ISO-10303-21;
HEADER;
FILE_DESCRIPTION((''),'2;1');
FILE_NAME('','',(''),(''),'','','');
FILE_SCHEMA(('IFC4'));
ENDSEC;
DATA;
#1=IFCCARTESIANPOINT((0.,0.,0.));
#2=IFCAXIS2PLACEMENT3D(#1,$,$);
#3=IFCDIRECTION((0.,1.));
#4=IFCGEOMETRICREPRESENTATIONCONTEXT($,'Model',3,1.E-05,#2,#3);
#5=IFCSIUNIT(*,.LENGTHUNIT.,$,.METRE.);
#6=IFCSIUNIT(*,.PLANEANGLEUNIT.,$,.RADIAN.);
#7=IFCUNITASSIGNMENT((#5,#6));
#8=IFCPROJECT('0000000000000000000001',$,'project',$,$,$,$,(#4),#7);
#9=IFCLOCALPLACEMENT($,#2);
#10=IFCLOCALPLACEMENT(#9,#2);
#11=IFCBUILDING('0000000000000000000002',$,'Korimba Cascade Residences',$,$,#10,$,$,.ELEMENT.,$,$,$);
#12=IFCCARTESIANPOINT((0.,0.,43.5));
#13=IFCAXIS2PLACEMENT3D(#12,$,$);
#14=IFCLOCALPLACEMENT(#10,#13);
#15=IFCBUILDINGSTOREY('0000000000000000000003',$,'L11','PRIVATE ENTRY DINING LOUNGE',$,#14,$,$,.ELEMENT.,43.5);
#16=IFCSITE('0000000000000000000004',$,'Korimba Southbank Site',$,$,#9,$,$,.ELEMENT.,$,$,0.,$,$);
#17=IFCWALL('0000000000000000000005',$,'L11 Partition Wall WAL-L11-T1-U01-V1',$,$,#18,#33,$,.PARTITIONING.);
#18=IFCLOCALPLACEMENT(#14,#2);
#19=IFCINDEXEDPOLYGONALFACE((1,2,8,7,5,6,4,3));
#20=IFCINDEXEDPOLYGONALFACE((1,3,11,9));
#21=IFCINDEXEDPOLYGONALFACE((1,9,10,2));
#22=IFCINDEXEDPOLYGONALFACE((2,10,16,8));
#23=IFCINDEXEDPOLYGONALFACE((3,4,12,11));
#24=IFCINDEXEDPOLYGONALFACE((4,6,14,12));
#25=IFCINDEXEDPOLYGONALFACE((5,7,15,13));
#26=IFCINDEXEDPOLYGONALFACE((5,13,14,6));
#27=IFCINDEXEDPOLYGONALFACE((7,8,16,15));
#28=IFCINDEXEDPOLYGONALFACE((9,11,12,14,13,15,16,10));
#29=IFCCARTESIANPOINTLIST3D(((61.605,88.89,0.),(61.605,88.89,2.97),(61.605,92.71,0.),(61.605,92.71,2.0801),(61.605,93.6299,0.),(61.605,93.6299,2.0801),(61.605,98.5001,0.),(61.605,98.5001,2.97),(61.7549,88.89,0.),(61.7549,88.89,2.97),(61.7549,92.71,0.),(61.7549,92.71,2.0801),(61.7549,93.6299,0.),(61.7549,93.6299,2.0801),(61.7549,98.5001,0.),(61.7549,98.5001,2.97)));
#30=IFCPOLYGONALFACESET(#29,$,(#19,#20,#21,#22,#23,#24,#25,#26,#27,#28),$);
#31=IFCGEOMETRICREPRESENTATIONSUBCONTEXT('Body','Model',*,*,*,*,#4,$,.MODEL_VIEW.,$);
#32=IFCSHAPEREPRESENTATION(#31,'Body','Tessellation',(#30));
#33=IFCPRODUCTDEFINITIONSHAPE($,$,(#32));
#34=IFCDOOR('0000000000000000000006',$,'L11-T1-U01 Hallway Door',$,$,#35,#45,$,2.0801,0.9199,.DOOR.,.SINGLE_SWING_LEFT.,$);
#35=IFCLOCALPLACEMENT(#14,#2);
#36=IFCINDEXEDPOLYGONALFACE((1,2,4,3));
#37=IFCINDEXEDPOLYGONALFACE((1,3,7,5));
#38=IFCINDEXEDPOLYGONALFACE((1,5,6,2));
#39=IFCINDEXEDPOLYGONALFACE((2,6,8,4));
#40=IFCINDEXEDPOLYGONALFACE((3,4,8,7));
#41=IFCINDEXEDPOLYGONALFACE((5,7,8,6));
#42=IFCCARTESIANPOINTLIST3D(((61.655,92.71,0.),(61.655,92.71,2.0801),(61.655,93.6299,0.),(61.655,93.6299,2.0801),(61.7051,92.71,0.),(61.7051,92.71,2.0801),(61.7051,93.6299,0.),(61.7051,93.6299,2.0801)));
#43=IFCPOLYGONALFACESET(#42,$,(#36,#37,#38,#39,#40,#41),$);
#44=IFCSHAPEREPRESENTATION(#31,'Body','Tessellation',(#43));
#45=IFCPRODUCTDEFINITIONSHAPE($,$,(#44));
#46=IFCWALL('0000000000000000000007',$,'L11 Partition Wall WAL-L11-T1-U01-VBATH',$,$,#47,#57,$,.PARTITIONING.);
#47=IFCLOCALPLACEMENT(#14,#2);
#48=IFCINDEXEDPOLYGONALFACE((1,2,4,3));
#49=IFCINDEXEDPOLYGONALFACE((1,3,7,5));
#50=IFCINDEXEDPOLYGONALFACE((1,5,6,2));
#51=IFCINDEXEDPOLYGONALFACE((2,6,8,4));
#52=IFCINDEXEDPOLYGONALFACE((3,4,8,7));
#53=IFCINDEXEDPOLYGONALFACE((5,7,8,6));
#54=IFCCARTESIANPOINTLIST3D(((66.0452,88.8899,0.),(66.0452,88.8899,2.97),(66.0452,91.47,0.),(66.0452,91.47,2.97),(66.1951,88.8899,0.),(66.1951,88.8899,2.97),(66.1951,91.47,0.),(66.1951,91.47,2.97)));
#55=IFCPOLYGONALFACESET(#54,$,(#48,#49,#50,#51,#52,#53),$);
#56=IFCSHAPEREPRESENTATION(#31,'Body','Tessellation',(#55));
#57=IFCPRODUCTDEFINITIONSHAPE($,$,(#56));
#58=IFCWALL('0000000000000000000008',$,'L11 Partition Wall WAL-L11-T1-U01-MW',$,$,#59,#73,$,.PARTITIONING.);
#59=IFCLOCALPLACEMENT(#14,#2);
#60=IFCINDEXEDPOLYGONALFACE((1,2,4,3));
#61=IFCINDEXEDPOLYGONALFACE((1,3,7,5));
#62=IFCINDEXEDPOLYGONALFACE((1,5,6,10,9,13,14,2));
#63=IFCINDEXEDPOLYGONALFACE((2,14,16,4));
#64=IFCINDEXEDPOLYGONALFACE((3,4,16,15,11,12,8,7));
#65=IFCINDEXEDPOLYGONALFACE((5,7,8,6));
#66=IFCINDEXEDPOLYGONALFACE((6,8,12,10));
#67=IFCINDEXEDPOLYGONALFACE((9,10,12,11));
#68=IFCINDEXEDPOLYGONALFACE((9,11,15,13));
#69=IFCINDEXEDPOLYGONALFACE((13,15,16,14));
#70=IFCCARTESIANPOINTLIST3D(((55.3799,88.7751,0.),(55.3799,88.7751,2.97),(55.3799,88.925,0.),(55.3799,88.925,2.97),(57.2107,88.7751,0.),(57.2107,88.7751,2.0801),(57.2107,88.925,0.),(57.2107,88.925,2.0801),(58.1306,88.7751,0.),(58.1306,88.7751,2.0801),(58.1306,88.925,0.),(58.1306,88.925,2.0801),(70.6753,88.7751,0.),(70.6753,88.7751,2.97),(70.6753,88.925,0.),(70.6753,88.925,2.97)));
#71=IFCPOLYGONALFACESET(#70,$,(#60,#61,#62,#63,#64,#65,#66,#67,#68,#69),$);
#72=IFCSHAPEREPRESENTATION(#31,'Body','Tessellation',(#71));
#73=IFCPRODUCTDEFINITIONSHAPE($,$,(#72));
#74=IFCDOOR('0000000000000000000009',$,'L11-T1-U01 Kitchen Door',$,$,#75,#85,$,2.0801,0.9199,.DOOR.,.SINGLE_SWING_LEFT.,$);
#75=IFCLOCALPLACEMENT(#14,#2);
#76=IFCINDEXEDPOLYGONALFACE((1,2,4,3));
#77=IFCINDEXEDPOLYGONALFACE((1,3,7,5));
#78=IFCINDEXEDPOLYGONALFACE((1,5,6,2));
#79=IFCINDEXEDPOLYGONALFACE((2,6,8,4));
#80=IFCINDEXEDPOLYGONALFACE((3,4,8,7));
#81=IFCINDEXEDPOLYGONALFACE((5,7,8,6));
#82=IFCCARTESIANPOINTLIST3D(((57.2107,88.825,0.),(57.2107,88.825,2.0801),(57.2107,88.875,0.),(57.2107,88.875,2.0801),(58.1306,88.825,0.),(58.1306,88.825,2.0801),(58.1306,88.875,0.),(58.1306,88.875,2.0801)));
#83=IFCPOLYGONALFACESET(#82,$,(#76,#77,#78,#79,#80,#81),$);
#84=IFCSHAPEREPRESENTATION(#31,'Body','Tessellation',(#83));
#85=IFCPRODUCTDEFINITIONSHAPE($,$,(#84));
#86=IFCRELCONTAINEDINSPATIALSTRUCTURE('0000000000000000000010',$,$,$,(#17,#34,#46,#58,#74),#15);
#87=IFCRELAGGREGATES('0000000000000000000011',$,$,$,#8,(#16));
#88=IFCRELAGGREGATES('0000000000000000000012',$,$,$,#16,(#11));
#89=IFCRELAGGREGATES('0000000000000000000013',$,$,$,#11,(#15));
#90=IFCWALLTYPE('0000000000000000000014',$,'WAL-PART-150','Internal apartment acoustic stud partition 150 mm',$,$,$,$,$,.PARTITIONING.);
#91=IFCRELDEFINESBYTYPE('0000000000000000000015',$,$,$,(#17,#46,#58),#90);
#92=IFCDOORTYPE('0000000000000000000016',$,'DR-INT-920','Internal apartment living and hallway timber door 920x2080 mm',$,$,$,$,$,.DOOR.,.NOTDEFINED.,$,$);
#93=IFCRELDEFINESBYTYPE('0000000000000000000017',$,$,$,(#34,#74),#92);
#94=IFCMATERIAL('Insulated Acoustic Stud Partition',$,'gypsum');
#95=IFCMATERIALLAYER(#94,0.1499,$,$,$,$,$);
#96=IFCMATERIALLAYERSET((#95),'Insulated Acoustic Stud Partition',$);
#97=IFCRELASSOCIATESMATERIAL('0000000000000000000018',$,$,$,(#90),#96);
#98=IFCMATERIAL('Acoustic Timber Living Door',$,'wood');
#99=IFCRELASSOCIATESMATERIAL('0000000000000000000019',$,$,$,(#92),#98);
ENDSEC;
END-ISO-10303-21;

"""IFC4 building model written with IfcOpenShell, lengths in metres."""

from ifc_helpers import new_model, si_unit, direction, frame, frame_2d, origin, place, context, subcontext, project, spatial, rectangle, extrude, material, layer, layer_set, type_object, element, fill, save


model = new_model("IFC4")

# Units and contexts
model_context = context("Model", 3, precision=1e-05, world=origin(), true_north=direction((0.0, 1.0)))
body_context = subcontext(model_context, "Body", "Model", "MODEL_VIEW")
ifc_project = project(units=[si_unit("LENGTHUNIT", "METRE"), si_unit("PLANEANGLEUNIT", "RADIAN")], contexts=[model_context])

# Site, building, storey
site_placement = place(None, origin())
site = spatial("IfcSite", under=ifc_project, at=site_placement, Name="Korimba Southbank Site", CompositionType="ELEMENT", RefElevation=0.0)
building_placement = place(site_placement, origin())
building = spatial("IfcBuilding", under=site, at=building_placement, Name="Korimba Cascade Residences", CompositionType="ELEMENT")
storey_placement = place(building_placement, frame((0.0, 0.0, 43.5)))
storey = spatial("IfcBuildingStorey", under=building, at=storey_placement, Name="L11", Description="PRIVATE ENTRY DINING LOUNGE", CompositionType="ELEMENT", Elevation=43.5)

# Wall, opening, door
ifc_material_1 = material(Name="Insulated Acoustic Stud Partition", Category="gypsum")
ifc_layer_1 = layer(ifc_material_1, 0.1499)
ifc_layer_set_1 = layer_set([ifc_layer_1], Name="Insulated Acoustic Stud Partition")
wall_type_1 = type_object("IfcWallType", Name="WAL-PART-150", Description="Internal apartment acoustic stud partition 150 mm", PredefinedType="PARTITIONING", material=ifc_layer_set_1)
wall_1_placement = place(storey_placement, frame((61.6799, 88.8899, 0.0), z_axis=(0.0, 0.0, 1.0), x_axis=(0.0, 1.0, 0.0)))
wall_1 = element("IfcWall", 1, at=wall_1_placement, inside=storey, type_object=wall_type_1, Name="L11 Partition Wall WAL-L11-T1-U01-V1", PredefinedType="PARTITIONING", context=body_context, shape_type="SweptSolid", body=[
    extrude(rectangle(XDim=9.6101, YDim=0.1499, at=frame_2d((4.8052, 0.0))), origin(), (0.0, 0.0, 1.0), 2.97),
])
opening_1_placement = place(wall_1_placement, frame((3.8201, 0.0, 0.0)))
opening_1 = element("IfcOpeningElement", 2, at=opening_1_placement, cuts=wall_1, PredefinedType="OPENING", context=body_context, shape_type="SweptSolid", body=[
    extrude(rectangle(XDim=0.9199, YDim=2.0801, at=frame_2d((0.46, 1.04))), frame((0.0, 0.085, 0.0), z_axis=(0.0, -1.0, 0.0), x_axis=(1.0, 0.0, 0.0)), (0.0, 0.0, 1.0), 0.1699),
])
ifc_material_2 = material(Name="Acoustic Timber Living Door", Category="wood")
door_type_1 = type_object("IfcDoorType", Name="DR-INT-920", Description="Internal apartment living and hallway timber door 920x2080 mm", OperationType="NOTDEFINED", PredefinedType="DOOR", material=ifc_material_2)
door_1_placement = place(opening_1_placement, origin())
door_1 = element("IfcDoor", 3, at=door_1_placement, inside=storey, type_object=door_type_1, Name="L11-T1-U01 Hallway Door", OperationType="SINGLE_SWING_LEFT", OverallHeight=2.0801, OverallWidth=0.9199, PredefinedType="DOOR", context=body_context, shape_type="SweptSolid", body=[
    extrude(rectangle(XDim=0.9199, YDim=2.0801, at=frame_2d((0.46, 1.04))), frame((0.0, 0.0249, 0.0), z_axis=(0.0, -1.0, 0.0), x_axis=(1.0, 0.0, 0.0)), (0.0, 0.0, 1.0), 0.05),
])
fill(opening_1, door_1)

# Wall
wall_2_placement = place(storey_placement, frame((66.1201, 88.8899, 0.0), z_axis=(0.0, 0.0, 1.0), x_axis=(0.0, 1.0, 0.0)))
element("IfcWall", 4, at=wall_2_placement, inside=storey, type_object=wall_type_1, Name="L11 Partition Wall WAL-L11-T1-U01-VBATH", PredefinedType="PARTITIONING", context=body_context, shape_type="SweptSolid", body=[
    extrude(rectangle(XDim=2.5801, YDim=0.1499, at=frame_2d((1.29, 0.0))), origin(), (0.0, 0.0, 1.0), 2.97),
])

# Wall, opening, door
wall_3_placement = place(storey_placement, frame((55.3799, 88.8501, 0.0), z_axis=(0.0, 0.0, 1.0), x_axis=(1.0, 0.0, 0.0)))
wall_3 = element("IfcWall", 5, at=wall_3_placement, inside=storey, type_object=wall_type_1, Name="L11 Partition Wall WAL-L11-T1-U01-MW", PredefinedType="PARTITIONING", context=body_context, shape_type="SweptSolid", body=[
    extrude(rectangle(XDim=15.2954, YDim=0.1499, at=frame_2d((7.6477, 0.0))), origin(), (0.0, 0.0, 1.0), 2.97),
])
opening_2_placement = place(wall_3_placement, frame((1.8308, 0.0, 0.0)))
opening_2 = element("IfcOpeningElement", 6, at=opening_2_placement, cuts=wall_3, PredefinedType="OPENING", context=body_context, shape_type="SweptSolid", body=[
    extrude(rectangle(XDim=0.9199, YDim=2.0801, at=frame_2d((0.46, 1.04))), frame((0.0, 0.085, 0.0), z_axis=(0.0, -1.0, 0.0), x_axis=(1.0, 0.0, 0.0)), (0.0, 0.0, 1.0), 0.1699),
])
door_2_placement = place(opening_2_placement, origin())
door_2 = element("IfcDoor", 7, at=door_2_placement, inside=storey, type_object=door_type_1, Name="L11-T1-U01 Kitchen Door", OperationType="SINGLE_SWING_LEFT", OverallHeight=2.0801, OverallWidth=0.9199, PredefinedType="DOOR", context=body_context, shape_type="SweptSolid", body=[
    extrude(rectangle(XDim=0.9199, YDim=2.0801, at=frame_2d((0.46, 1.04))), frame((0.0, 0.0249, 0.0), z_axis=(0.0, -1.0, 0.0), x_axis=(1.0, 0.0, 0.0)), (0.0, 0.0, 1.0), 0.05),
])
fill(opening_2, door_2)

save(model, "model.ifc")
